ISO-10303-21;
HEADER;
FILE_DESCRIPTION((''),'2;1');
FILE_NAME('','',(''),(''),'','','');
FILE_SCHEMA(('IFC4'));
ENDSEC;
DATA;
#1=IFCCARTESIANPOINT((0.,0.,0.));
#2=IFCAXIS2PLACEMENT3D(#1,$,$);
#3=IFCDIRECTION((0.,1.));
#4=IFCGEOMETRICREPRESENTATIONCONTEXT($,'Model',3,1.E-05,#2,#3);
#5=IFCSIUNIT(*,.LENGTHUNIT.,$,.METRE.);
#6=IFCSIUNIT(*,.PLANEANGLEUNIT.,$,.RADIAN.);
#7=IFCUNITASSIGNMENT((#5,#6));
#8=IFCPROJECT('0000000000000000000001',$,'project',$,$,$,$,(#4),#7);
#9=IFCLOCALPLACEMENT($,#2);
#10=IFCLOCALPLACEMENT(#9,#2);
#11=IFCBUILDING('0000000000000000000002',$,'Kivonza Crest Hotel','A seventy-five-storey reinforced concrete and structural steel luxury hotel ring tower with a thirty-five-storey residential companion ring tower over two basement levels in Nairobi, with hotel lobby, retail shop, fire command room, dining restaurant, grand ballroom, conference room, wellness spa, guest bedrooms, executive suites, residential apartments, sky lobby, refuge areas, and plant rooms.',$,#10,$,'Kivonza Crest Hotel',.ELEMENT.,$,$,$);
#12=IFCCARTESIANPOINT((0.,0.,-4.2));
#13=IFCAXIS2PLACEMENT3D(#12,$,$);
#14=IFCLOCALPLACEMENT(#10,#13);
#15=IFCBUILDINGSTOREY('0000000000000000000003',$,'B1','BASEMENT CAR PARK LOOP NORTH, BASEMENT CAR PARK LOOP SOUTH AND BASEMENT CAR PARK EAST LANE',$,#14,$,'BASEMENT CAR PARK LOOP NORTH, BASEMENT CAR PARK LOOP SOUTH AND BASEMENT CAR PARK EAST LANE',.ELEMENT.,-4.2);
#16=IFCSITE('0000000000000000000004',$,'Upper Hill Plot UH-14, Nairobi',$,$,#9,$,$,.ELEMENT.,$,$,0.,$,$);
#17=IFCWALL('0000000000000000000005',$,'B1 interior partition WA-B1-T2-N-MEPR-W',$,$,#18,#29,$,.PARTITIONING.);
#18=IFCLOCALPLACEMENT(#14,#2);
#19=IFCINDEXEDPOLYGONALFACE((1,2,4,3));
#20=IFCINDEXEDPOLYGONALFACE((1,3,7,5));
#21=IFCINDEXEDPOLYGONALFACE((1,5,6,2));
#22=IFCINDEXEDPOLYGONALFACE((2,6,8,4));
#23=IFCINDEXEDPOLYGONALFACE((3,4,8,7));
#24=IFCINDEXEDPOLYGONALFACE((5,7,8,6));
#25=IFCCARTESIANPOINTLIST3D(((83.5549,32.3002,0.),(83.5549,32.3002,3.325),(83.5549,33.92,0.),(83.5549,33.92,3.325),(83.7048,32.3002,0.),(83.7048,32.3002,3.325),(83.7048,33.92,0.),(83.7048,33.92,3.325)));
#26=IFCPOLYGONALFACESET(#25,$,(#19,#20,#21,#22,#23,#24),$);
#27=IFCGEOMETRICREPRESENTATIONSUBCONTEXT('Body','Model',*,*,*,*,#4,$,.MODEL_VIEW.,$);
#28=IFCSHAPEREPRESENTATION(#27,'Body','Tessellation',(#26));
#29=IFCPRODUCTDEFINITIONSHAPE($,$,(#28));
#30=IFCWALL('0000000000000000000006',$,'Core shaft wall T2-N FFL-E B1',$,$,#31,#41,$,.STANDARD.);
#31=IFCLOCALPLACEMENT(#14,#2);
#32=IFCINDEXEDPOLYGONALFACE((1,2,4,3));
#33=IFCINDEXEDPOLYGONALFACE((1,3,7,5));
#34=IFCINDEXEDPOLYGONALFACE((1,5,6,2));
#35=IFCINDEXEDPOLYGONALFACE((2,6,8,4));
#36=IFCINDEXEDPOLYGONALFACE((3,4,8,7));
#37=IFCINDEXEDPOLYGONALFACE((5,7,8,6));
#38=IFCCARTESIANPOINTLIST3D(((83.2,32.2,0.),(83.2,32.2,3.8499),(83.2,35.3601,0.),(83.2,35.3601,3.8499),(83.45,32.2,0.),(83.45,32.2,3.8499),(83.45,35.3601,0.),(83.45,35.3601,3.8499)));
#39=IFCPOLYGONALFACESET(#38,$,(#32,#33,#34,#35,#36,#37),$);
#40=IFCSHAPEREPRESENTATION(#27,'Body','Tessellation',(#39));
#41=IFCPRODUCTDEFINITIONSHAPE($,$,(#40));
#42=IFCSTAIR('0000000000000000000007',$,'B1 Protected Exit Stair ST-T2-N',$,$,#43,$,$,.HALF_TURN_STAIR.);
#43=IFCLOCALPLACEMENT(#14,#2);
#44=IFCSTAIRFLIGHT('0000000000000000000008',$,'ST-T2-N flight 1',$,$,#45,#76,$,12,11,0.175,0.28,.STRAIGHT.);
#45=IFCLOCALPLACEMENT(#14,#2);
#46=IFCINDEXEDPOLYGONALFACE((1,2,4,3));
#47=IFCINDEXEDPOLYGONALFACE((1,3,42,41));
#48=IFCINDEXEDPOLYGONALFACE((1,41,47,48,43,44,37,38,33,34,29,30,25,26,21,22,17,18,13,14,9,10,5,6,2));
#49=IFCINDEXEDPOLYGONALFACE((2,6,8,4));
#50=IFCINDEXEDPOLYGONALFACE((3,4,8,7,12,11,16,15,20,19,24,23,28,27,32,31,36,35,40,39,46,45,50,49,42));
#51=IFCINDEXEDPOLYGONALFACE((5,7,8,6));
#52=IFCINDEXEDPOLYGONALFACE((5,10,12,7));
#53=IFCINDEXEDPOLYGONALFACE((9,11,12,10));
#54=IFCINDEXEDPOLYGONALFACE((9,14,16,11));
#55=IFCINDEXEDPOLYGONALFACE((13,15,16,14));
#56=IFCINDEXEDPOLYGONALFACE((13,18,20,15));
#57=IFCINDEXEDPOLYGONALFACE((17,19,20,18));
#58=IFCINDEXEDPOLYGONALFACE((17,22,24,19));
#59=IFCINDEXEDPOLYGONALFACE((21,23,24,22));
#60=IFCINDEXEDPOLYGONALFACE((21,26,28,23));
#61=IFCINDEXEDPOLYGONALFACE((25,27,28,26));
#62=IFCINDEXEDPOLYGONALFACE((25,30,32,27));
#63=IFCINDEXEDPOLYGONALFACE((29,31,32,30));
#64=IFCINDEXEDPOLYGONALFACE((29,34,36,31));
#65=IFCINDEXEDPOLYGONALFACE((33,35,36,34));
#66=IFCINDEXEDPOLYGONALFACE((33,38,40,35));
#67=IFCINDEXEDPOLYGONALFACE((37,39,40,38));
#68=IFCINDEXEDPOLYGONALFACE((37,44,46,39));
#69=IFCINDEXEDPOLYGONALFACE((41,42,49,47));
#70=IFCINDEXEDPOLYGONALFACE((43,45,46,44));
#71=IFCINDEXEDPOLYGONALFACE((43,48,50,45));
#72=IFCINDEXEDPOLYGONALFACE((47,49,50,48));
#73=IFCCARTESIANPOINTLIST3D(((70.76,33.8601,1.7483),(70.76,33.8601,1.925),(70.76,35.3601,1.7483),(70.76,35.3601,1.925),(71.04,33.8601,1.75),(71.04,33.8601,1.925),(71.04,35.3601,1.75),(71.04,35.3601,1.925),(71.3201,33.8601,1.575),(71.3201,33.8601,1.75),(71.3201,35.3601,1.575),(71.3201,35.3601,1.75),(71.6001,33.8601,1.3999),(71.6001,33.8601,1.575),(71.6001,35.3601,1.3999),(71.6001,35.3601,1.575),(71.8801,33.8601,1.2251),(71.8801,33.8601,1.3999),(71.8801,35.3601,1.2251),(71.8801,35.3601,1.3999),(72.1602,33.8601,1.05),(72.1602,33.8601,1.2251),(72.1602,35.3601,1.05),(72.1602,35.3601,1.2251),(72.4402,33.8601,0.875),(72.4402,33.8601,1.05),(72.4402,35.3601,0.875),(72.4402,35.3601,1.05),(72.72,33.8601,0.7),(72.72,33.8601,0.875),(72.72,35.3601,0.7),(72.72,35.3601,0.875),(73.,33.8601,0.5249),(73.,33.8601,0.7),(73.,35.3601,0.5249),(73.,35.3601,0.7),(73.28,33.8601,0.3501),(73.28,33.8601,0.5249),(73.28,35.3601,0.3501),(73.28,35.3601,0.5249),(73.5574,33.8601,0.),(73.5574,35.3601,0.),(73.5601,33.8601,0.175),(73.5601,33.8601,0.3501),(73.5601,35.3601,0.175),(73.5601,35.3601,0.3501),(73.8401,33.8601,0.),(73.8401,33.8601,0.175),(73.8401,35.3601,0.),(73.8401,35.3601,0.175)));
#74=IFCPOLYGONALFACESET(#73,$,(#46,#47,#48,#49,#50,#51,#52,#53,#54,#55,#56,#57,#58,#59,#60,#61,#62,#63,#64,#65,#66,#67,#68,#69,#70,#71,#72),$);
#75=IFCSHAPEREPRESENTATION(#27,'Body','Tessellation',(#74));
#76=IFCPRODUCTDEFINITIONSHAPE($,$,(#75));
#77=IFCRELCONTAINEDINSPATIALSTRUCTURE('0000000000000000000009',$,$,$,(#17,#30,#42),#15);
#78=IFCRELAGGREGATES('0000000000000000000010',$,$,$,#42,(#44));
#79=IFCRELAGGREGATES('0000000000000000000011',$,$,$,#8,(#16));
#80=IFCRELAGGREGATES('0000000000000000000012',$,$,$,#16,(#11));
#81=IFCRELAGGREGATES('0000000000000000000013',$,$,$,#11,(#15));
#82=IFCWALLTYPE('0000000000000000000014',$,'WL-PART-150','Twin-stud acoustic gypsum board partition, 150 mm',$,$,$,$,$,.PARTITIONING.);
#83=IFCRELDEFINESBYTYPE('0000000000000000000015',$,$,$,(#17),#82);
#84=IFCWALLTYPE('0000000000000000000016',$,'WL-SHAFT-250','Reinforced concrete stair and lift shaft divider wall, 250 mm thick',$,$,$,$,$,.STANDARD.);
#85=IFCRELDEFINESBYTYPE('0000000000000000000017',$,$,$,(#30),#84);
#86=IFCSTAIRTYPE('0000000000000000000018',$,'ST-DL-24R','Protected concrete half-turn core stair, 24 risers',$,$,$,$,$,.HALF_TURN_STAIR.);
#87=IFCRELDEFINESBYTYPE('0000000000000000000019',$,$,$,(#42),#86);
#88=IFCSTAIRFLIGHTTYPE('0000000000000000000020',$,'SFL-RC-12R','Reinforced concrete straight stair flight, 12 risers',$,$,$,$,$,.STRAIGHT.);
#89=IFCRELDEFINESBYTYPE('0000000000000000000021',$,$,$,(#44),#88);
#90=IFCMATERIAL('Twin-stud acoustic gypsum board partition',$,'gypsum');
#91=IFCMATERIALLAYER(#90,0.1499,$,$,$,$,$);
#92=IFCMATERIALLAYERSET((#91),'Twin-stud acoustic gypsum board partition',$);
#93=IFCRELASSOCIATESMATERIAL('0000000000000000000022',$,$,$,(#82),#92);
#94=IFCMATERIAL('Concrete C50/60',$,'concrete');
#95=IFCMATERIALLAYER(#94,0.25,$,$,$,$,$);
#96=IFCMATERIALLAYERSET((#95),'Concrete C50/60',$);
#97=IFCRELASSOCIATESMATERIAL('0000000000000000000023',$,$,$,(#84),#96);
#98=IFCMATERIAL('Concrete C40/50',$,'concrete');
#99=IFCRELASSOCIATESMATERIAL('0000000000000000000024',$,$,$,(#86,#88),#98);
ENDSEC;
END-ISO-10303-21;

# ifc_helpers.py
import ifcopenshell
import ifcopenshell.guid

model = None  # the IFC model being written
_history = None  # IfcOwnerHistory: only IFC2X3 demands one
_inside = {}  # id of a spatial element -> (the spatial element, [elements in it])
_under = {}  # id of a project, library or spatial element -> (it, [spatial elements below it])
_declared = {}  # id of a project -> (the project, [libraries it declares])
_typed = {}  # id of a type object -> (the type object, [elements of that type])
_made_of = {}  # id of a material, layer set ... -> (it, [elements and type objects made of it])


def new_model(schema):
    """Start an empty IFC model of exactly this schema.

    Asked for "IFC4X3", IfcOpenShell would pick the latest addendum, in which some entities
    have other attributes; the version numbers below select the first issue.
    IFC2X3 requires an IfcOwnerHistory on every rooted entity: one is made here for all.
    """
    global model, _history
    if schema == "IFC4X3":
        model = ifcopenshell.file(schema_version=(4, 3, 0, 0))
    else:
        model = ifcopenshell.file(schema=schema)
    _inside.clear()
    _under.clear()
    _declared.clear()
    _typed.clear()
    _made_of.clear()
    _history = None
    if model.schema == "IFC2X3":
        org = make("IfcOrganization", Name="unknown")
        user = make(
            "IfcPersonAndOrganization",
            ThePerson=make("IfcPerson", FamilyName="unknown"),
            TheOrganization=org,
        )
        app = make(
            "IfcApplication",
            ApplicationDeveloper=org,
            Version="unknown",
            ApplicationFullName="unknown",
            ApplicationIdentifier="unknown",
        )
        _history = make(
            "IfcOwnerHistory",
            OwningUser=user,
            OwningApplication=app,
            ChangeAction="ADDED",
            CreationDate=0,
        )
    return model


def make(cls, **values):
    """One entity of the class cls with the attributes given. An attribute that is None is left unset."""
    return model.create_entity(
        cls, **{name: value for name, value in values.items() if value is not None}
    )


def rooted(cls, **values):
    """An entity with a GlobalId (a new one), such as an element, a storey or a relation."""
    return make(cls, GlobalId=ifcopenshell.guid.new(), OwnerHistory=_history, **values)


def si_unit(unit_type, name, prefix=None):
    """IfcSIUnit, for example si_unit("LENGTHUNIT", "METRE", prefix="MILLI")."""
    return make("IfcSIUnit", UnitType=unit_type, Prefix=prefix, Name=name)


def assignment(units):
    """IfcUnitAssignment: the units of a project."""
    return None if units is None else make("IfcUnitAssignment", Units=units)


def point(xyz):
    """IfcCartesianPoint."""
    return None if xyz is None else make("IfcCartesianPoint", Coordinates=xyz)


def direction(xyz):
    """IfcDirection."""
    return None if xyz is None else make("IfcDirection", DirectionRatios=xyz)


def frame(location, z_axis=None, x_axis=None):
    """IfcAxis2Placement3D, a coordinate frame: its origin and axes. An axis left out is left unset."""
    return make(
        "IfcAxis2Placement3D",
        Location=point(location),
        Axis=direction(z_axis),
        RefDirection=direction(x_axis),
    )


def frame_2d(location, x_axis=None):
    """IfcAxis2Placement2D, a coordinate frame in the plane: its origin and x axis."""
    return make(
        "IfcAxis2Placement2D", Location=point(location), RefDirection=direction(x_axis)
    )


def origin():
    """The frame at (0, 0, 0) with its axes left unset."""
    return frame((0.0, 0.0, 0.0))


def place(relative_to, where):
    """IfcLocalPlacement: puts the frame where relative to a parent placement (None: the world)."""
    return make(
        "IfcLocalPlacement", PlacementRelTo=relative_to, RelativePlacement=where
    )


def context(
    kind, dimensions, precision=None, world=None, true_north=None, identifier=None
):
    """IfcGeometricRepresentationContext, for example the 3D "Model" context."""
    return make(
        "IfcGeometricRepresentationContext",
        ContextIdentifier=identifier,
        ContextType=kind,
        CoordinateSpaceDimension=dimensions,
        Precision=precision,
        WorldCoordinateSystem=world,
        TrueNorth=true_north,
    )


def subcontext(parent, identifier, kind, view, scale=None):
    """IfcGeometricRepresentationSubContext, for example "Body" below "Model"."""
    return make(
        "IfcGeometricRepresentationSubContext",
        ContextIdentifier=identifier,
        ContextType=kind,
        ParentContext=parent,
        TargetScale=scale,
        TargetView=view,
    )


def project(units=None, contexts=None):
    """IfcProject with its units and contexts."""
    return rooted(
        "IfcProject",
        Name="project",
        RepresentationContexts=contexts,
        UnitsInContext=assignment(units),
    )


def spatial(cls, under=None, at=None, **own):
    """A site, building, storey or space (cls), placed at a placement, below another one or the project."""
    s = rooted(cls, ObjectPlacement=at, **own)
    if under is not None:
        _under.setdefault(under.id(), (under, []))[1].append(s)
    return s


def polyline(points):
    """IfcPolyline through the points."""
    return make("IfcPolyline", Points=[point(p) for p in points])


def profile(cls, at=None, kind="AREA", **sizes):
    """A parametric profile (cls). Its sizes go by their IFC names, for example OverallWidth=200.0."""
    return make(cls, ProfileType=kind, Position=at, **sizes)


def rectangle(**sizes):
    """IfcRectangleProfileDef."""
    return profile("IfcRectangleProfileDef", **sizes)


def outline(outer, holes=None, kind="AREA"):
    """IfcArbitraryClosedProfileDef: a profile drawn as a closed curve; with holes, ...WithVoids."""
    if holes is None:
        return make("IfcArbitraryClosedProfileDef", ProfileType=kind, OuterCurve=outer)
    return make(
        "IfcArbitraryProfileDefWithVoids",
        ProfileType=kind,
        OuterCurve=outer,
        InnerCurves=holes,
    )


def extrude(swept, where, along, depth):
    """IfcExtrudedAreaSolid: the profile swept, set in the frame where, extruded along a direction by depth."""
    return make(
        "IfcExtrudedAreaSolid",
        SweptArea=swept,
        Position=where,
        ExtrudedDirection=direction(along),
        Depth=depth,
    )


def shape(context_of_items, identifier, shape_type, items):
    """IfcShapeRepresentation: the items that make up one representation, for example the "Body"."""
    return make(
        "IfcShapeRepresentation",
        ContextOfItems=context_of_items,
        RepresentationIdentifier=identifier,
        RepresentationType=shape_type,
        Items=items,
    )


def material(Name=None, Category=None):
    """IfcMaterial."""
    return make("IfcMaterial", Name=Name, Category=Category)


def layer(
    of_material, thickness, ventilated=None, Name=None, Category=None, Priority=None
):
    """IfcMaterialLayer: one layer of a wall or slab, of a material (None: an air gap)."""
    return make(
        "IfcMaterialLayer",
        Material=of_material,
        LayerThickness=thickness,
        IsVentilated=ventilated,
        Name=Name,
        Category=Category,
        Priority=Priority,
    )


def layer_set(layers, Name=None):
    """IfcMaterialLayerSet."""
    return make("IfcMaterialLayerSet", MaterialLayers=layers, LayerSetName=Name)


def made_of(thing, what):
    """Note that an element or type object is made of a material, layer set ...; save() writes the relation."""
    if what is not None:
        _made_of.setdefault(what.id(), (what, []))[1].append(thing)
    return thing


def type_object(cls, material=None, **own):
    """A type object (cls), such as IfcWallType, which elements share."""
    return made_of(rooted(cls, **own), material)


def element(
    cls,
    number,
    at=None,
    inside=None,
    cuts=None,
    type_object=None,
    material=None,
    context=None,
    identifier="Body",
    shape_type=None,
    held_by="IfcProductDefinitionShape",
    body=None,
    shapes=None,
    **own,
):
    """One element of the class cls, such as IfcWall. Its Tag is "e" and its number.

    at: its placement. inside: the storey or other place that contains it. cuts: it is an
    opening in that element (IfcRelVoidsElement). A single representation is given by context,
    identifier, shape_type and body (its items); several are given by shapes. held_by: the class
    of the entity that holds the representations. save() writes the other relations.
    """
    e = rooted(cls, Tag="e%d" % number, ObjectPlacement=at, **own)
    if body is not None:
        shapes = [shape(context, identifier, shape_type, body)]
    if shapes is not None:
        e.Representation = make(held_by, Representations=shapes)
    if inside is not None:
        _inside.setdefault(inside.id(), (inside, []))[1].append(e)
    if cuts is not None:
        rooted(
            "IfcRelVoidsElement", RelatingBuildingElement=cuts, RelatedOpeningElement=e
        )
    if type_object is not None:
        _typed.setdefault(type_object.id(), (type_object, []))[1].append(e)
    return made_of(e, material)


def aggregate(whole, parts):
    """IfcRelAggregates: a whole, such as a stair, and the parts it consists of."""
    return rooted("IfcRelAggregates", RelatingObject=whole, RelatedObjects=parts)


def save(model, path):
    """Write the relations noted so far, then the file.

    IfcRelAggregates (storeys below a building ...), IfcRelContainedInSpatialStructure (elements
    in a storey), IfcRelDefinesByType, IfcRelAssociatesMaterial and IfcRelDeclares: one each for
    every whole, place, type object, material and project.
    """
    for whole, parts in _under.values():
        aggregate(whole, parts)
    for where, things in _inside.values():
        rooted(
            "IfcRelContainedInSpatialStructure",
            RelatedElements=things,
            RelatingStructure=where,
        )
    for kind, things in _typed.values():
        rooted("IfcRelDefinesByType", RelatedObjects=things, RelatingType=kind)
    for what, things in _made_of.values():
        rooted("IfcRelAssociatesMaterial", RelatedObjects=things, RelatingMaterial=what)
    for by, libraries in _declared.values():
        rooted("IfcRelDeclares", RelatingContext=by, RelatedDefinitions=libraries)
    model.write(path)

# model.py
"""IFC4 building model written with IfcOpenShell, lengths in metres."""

from ifc_helpers import new_model, si_unit, direction, frame, frame_2d, origin, place, context, subcontext, project, spatial, polyline, rectangle, outline, extrude, material, layer, layer_set, type_object, element, aggregate, save


model = new_model("IFC4")

# Units and contexts
model_context = context("Model", 3, precision=1e-05, world=origin(), true_north=direction((0.0, 1.0)))
body_context = subcontext(model_context, "Body", "Model", "MODEL_VIEW")
ifc_project = project(units=[si_unit("LENGTHUNIT", "METRE"), si_unit("PLANEANGLEUNIT", "RADIAN")], contexts=[model_context])

# Site, building, storey
site_placement = place(None, origin())
site = spatial("IfcSite", under=ifc_project, at=site_placement, Name="Upper Hill Plot UH-14, Nairobi", CompositionType="ELEMENT", RefElevation=0.0)
building_placement = place(site_placement, origin())
building = spatial("IfcBuilding", under=site, at=building_placement, Name="Kivonza Crest Hotel", Description="A seventy-five-storey reinforced concrete and structural steel luxury hotel ring tower with a thirty-five-storey residential companion ring tower over two basement levels in Nairobi, with hotel lobby, retail shop, fire command room, dining restaurant, grand ballroom, conference room, wellness spa, guest bedrooms, executive suites, residential apartments, sky lobby, refuge areas, and plant rooms.", LongName="Kivonza Crest Hotel", CompositionType="ELEMENT")
storey_placement = place(building_placement, frame((0.0, 0.0, -4.2)))
storey = spatial("IfcBuildingStorey", under=building, at=storey_placement, Name="B1", Description="BASEMENT CAR PARK LOOP NORTH, BASEMENT CAR PARK LOOP SOUTH AND BASEMENT CAR PARK EAST LANE", LongName="BASEMENT CAR PARK LOOP NORTH, BASEMENT CAR PARK LOOP SOUTH AND BASEMENT CAR PARK EAST LANE", CompositionType="ELEMENT", Elevation=-4.2)

# Wall
ifc_material_1 = material(Name="Twin-stud acoustic gypsum board partition", Category="gypsum")
ifc_layer_1 = layer(ifc_material_1, 0.1499)
ifc_layer_set_1 = layer_set([ifc_layer_1], Name="Twin-stud acoustic gypsum board partition")
wall_type_1 = type_object("IfcWallType", Name="WL-PART-150", Description="Twin-stud acoustic gypsum board partition, 150 mm", PredefinedType="PARTITIONING", material=ifc_layer_set_1)
wall_1_placement = place(storey_placement, frame((83.6299, 32.3, 0.0), z_axis=(0.0, 0.0, 1.0), x_axis=(0.0, 1.0, 0.0)))
element("IfcWall", 1, at=wall_1_placement, inside=storey, type_object=wall_type_1, Name="B1 interior partition WA-B1-T2-N-MEPR-W", PredefinedType="PARTITIONING", context=body_context, shape_type="SweptSolid", body=[
    extrude(rectangle(XDim=1.6199, YDim=0.1499, at=frame_2d((0.8101, 0.0))), origin(), (0.0, 0.0, 1.0), 3.325),
])

# Shared definitions
ifc_material_2 = material(Name="Concrete C50/60", Category="concrete")
ifc_layer_2 = layer(ifc_material_2, 0.25)
ifc_layer_set_2 = layer_set([ifc_layer_2], Name="Concrete C50/60")
wall_type_2 = type_object("IfcWallType", Name="WL-SHAFT-250", Description="Reinforced concrete stair and lift shaft divider wall, 250 mm thick", PredefinedType="STANDARD", material=ifc_layer_set_2)

# Wall
wall_2_placement = place(storey_placement, frame((83.325, 32.2, 0.0), z_axis=(0.0, 0.0, 1.0), x_axis=(0.0, 1.0, 0.0)))
element("IfcWall", 2, at=wall_2_placement, inside=storey, type_object=wall_type_2, Name="Core shaft wall T2-N FFL-E B1", PredefinedType="STANDARD", context=body_context, shape_type="SweptSolid", body=[
    extrude(rectangle(XDim=3.1602, YDim=0.25, at=frame_2d((1.5801, 0.0))), origin(), (0.0, 0.0, 1.0), 3.8499),
])

# Stair, stair flight
ifc_material_3 = material(Name="Concrete C40/50", Category="concrete")
stair_type = type_object("IfcStairType", Name="ST-DL-24R", Description="Protected concrete half-turn core stair, 24 risers", PredefinedType="HALF_TURN_STAIR", material=ifc_material_3)
stair_placement = place(storey_placement, origin())
stair = element("IfcStair", 3, at=stair_placement, inside=storey, type_object=stair_type, Name="B1 Protected Exit Stair ST-T2-N", PredefinedType="HALF_TURN_STAIR")
stair_flight_type = type_object("IfcStairFlightType", Name="SFL-RC-12R", Description="Reinforced concrete straight stair flight, 12 risers", PredefinedType="STRAIGHT", material=ifc_material_3)
stair_flight_placement = place(storey_placement, frame((73.8401, 34.6101, 0.0), z_axis=(0.0, 0.0, 1.0), x_axis=(-1.0, 0.0, 0.0)))
stair_flight = element("IfcStairFlight", 4, at=stair_flight_placement, type_object=stair_flight_type, Name="ST-T2-N flight 1", NumberOfRisers=12, NumberOfTreads=11, PredefinedType="STRAIGHT", RiserHeight=0.175, TreadLength=0.28, context=body_context, shape_type="SweptSolid", body=[
    extrude(outline(polyline([(0.0, 0.0), (0.0, 0.175), (0.28, 0.175), (0.28, 0.3501), (0.5601, 0.3501), (0.5601, 0.5249), (0.8401, 0.5249), (0.8401, 0.7), (1.1201, 0.7), (1.1201, 0.875), (1.3999, 0.875), (1.3999, 1.05), (1.6799, 1.05), (1.6799, 1.2251), (1.96, 1.2251), (1.96, 1.3999), (2.24, 1.3999), (2.24, 1.575), (2.52, 1.575), (2.52, 1.75), (2.8, 1.75), (2.8, 1.925), (3.0801, 1.925), (3.0801, 2.1001), (3.0801, 1.7483), (0.2827, 0.0), (0.0, 0.0)])), frame((0.0, 0.75, 0.0), z_axis=(0.0, -1.0, 0.0), x_axis=(1.0, 0.0, 0.0)), (0.0, 0.0, 1.0), 1.5),
])
aggregate(stair, [stair_flight])

save(model, "model.ifc")
